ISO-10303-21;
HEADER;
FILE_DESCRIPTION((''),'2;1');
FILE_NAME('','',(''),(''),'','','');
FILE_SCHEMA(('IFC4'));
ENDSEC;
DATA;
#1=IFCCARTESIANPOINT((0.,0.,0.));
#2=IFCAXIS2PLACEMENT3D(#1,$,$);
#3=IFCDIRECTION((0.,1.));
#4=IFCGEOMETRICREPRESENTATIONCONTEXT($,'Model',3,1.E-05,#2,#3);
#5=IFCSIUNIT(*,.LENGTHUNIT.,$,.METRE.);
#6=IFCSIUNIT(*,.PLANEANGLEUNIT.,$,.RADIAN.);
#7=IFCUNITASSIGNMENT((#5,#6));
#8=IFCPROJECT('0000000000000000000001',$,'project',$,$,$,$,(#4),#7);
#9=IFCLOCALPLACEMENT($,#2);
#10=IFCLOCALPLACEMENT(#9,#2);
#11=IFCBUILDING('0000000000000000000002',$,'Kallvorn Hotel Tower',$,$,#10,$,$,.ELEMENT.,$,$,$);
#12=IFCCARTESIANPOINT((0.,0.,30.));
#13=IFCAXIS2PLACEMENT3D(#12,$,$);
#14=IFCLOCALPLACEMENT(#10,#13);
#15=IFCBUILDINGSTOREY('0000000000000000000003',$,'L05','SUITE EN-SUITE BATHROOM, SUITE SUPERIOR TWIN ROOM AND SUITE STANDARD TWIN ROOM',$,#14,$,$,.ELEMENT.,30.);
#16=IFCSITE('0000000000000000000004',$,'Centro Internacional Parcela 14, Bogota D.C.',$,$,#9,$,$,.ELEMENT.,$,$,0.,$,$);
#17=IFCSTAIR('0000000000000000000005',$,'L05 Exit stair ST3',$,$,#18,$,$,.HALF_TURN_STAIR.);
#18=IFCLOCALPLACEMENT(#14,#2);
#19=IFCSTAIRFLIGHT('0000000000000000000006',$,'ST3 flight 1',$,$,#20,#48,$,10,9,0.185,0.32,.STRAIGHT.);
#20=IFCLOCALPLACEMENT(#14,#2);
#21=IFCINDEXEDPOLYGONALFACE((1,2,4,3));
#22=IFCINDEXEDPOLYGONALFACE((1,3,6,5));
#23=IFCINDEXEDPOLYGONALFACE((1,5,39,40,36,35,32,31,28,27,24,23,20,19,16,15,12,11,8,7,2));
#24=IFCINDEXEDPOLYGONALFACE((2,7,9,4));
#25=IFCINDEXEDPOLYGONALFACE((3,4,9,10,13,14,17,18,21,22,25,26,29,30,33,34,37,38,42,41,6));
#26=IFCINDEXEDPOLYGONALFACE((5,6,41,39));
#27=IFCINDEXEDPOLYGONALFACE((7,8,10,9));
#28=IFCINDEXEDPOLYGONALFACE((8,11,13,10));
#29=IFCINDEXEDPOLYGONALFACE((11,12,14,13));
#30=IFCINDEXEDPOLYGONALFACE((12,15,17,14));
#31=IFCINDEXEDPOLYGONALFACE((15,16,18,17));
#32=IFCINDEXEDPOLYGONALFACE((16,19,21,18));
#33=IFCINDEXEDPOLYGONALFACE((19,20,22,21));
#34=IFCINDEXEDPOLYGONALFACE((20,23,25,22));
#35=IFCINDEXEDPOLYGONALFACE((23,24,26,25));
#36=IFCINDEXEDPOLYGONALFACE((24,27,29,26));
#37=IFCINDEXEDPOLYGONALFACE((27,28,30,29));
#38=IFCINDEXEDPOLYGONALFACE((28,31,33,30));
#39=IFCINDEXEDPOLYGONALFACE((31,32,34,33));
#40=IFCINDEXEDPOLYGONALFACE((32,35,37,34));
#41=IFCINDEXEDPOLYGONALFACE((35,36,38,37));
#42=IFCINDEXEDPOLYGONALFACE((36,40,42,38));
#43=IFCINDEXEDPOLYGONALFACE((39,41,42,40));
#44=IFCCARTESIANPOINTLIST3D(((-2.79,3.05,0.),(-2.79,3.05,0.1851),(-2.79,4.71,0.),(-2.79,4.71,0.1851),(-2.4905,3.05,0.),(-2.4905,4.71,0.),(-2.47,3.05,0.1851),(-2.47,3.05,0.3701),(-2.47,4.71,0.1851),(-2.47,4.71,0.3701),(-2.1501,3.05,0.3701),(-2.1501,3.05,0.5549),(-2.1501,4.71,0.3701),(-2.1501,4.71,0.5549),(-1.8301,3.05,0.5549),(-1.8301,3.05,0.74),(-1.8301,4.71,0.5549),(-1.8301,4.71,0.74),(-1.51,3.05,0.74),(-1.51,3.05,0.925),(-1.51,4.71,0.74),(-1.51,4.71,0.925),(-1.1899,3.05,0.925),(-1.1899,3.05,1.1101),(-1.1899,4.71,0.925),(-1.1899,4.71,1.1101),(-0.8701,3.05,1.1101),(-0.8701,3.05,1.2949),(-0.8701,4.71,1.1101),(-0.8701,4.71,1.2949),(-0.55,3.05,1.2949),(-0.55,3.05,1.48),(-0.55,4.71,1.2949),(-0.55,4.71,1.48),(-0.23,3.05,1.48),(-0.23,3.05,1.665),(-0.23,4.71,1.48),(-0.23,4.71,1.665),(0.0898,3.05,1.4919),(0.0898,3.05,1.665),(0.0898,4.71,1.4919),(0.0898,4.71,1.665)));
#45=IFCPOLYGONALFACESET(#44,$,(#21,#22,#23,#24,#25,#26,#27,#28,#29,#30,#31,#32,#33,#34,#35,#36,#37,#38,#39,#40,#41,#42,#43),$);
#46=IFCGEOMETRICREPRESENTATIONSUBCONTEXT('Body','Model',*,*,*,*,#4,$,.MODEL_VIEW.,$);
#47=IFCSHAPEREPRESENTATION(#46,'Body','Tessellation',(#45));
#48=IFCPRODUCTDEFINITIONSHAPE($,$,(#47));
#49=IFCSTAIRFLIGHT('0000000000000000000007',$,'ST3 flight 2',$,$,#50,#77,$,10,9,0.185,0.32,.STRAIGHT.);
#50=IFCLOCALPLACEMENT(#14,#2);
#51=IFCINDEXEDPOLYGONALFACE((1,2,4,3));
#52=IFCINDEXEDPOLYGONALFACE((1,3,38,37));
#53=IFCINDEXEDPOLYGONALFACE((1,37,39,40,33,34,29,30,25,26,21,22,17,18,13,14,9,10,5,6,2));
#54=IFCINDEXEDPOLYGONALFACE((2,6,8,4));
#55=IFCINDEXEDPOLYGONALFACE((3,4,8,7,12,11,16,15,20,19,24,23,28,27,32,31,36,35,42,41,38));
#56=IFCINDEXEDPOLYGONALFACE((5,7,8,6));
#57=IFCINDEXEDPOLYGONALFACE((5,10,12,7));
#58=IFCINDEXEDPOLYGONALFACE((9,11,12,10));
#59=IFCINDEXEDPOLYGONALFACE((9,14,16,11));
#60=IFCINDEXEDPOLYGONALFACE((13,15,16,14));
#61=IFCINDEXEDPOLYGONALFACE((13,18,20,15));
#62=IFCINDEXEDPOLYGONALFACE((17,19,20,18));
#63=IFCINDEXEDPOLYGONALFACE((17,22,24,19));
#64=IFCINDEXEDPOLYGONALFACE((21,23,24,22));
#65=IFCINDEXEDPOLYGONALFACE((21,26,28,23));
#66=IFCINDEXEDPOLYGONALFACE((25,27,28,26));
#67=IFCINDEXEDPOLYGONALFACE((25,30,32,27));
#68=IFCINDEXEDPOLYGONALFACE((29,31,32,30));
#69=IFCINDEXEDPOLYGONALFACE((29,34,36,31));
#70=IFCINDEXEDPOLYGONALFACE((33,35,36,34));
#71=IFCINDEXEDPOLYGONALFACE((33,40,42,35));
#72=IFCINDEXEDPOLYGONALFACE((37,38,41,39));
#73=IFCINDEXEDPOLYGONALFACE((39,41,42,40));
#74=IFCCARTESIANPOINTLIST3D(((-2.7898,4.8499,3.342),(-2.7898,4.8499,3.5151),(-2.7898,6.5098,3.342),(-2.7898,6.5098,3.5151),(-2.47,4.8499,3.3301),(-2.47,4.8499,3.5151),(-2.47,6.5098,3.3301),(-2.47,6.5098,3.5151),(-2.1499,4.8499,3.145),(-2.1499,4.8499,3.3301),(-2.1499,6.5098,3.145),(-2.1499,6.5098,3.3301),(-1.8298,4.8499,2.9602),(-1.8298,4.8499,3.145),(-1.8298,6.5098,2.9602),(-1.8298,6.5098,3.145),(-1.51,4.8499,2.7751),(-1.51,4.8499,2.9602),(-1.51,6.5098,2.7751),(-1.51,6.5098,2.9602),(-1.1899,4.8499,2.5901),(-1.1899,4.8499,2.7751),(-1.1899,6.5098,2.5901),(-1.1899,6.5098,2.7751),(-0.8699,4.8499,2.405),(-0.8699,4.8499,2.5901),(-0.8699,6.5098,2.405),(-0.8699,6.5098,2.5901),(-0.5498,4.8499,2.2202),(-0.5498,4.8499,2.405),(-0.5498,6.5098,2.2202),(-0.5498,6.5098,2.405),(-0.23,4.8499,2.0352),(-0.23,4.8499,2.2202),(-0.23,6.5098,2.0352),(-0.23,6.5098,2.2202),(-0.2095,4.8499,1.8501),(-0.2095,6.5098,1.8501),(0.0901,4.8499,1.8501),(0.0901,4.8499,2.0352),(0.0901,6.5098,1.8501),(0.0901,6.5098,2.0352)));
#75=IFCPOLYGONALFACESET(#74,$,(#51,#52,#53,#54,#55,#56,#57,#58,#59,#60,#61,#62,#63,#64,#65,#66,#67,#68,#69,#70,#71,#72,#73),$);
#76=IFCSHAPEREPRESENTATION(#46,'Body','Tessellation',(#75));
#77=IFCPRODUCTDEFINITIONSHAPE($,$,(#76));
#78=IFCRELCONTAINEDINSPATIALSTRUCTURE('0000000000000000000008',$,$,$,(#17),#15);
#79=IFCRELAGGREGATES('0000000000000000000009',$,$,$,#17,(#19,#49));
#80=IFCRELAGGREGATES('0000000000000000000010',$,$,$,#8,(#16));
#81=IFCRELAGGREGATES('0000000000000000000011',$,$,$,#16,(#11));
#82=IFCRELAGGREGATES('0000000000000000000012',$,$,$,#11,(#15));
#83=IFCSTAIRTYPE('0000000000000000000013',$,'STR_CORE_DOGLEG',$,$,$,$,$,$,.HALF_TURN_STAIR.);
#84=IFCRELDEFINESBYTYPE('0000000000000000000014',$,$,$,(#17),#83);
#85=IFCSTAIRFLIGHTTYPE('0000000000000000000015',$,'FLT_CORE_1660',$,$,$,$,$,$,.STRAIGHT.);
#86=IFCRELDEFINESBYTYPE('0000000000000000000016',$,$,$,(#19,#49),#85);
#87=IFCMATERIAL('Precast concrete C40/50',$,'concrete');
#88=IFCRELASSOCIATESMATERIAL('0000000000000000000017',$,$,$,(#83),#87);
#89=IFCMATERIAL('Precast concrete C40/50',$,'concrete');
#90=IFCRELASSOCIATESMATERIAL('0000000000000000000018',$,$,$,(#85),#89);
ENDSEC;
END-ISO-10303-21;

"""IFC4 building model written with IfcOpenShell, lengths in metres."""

from ifc_helpers import new_model, si_unit, direction, frame, origin, place, context, subcontext, project, spatial, polyline, outline, extrude, material, type_object, element, aggregate, save


model = new_model("IFC4")

# Units and contexts
model_context = context("Model", 3, precision=1e-05, world=origin(), true_north=direction((0.0, 1.0)))
body_context = subcontext(model_context, "Body", "Model", "MODEL_VIEW")
ifc_project = project(units=[si_unit("LENGTHUNIT", "METRE"), si_unit("PLANEANGLEUNIT", "RADIAN")], contexts=[model_context])

# Site, building, storey
site_placement = place(None, origin())
site = spatial("IfcSite", under=ifc_project, at=site_placement, Name="Centro Internacional Parcela 14, Bogota D.C.", CompositionType="ELEMENT", RefElevation=0.0)
building_placement = place(site_placement, origin())
building = spatial("IfcBuilding", under=site, at=building_placement, Name="Kallvorn Hotel Tower", CompositionType="ELEMENT")
storey_placement = place(building_placement, frame((0.0, 0.0, 30.0)))
storey = spatial("IfcBuildingStorey", under=building, at=storey_placement, Name="L05", Description="SUITE EN-SUITE BATHROOM, SUITE SUPERIOR TWIN ROOM AND SUITE STANDARD TWIN ROOM", CompositionType="ELEMENT", Elevation=30.0)

# Stair
ifc_material_1 = material(Name="Precast concrete C40/50", Category="concrete")
stair_type = type_object("IfcStairType", Name="STR_CORE_DOGLEG", PredefinedType="HALF_TURN_STAIR", material=ifc_material_1)
stair_1_placement = place(storey_placement, origin())
stair_1 = element("IfcStair", 1, at=stair_1_placement, inside=storey, type_object=stair_type, Name="L05 Exit stair ST3", PredefinedType="HALF_TURN_STAIR")

# Stair flights
ifc_material_2 = material(Name="Precast concrete C40/50", Category="concrete")
stair_flight_type = type_object("IfcStairFlightType", Name="FLT_CORE_1660", PredefinedType="STRAIGHT", material=ifc_material_2)
stair_flight_1_placement = place(storey_placement, frame((-2.79, 3.8799, 0.0), z_axis=(0.0, 0.0, 1.0), x_axis=(1.0, 0.0, 0.0)))
stair_flight_1 = element("IfcStairFlight", 2, at=stair_flight_1_placement, type_object=stair_flight_type, Name="ST3 flight 1", NumberOfRisers=10, NumberOfTreads=9, PredefinedType="STRAIGHT", RiserHeight=0.185, TreadLength=0.32, context=body_context, shape_type="SweptSolid", body=[
    extrude(outline(polyline([(0.0, 0.0), (0.0, 0.1851), (0.3201, 0.1851), (0.3201, 0.3701), (0.6399, 0.3701), (0.6399, 0.5549), (0.96, 0.5549), (0.96, 0.74), (1.28, 0.74), (1.28, 0.925), (1.6001, 0.925), (1.6001, 1.1101), (1.9199, 1.1101), (1.9199, 1.2949), (2.24, 1.2949), (2.24, 1.48), (2.5601, 1.48), (2.5601, 1.665), (2.8799, 1.665), (2.8799, 1.8501), (2.8799, 1.4919), (0.2996, 0.0), (0.0, 0.0)])), frame((0.0, 0.8301, 0.0), z_axis=(0.0, -1.0, 0.0), x_axis=(1.0, 0.0, 0.0)), (0.0, 0.0, 1.0), 1.6599),
])
stair_flight_2_placement = place(storey_placement, frame((0.0901, 5.6799, 1.8501), z_axis=(0.0, 0.0, 1.0), x_axis=(-1.0, 0.0, 0.0)))
stair_flight_2 = element("IfcStairFlight", 3, at=stair_flight_2_placement, type_object=stair_flight_type, Name="ST3 flight 2", NumberOfRisers=10, NumberOfTreads=9, PredefinedType="STRAIGHT", RiserHeight=0.185, TreadLength=0.32, context=body_context, shape_type="SweptSolid", body=[
    extrude(outline(polyline([(0.0, 0.0), (0.0, 0.1851), (0.3201, 0.1851), (0.3201, 0.3701), (0.6399, 0.3701), (0.6399, 0.5549), (0.96, 0.5549), (0.96, 0.74), (1.28, 0.74), (1.28, 0.925), (1.6001, 0.925), (1.6001, 1.1101), (1.9199, 1.1101), (1.9199, 1.2949), (2.24, 1.2949), (2.24, 1.48), (2.5601, 1.48), (2.5601, 1.665), (2.8799, 1.665), (2.8799, 1.8501), (2.8799, 1.4919), (0.2996, 0.0), (0.0, 0.0)])), frame((0.0, 0.8301, 0.0), z_axis=(0.0, -1.0, 0.0), x_axis=(1.0, 0.0, 0.0)), (0.0, 0.0, 1.0), 1.6599),
])
aggregate(stair_1, [stair_flight_1, stair_flight_2])

save(model, "model.ifc")
